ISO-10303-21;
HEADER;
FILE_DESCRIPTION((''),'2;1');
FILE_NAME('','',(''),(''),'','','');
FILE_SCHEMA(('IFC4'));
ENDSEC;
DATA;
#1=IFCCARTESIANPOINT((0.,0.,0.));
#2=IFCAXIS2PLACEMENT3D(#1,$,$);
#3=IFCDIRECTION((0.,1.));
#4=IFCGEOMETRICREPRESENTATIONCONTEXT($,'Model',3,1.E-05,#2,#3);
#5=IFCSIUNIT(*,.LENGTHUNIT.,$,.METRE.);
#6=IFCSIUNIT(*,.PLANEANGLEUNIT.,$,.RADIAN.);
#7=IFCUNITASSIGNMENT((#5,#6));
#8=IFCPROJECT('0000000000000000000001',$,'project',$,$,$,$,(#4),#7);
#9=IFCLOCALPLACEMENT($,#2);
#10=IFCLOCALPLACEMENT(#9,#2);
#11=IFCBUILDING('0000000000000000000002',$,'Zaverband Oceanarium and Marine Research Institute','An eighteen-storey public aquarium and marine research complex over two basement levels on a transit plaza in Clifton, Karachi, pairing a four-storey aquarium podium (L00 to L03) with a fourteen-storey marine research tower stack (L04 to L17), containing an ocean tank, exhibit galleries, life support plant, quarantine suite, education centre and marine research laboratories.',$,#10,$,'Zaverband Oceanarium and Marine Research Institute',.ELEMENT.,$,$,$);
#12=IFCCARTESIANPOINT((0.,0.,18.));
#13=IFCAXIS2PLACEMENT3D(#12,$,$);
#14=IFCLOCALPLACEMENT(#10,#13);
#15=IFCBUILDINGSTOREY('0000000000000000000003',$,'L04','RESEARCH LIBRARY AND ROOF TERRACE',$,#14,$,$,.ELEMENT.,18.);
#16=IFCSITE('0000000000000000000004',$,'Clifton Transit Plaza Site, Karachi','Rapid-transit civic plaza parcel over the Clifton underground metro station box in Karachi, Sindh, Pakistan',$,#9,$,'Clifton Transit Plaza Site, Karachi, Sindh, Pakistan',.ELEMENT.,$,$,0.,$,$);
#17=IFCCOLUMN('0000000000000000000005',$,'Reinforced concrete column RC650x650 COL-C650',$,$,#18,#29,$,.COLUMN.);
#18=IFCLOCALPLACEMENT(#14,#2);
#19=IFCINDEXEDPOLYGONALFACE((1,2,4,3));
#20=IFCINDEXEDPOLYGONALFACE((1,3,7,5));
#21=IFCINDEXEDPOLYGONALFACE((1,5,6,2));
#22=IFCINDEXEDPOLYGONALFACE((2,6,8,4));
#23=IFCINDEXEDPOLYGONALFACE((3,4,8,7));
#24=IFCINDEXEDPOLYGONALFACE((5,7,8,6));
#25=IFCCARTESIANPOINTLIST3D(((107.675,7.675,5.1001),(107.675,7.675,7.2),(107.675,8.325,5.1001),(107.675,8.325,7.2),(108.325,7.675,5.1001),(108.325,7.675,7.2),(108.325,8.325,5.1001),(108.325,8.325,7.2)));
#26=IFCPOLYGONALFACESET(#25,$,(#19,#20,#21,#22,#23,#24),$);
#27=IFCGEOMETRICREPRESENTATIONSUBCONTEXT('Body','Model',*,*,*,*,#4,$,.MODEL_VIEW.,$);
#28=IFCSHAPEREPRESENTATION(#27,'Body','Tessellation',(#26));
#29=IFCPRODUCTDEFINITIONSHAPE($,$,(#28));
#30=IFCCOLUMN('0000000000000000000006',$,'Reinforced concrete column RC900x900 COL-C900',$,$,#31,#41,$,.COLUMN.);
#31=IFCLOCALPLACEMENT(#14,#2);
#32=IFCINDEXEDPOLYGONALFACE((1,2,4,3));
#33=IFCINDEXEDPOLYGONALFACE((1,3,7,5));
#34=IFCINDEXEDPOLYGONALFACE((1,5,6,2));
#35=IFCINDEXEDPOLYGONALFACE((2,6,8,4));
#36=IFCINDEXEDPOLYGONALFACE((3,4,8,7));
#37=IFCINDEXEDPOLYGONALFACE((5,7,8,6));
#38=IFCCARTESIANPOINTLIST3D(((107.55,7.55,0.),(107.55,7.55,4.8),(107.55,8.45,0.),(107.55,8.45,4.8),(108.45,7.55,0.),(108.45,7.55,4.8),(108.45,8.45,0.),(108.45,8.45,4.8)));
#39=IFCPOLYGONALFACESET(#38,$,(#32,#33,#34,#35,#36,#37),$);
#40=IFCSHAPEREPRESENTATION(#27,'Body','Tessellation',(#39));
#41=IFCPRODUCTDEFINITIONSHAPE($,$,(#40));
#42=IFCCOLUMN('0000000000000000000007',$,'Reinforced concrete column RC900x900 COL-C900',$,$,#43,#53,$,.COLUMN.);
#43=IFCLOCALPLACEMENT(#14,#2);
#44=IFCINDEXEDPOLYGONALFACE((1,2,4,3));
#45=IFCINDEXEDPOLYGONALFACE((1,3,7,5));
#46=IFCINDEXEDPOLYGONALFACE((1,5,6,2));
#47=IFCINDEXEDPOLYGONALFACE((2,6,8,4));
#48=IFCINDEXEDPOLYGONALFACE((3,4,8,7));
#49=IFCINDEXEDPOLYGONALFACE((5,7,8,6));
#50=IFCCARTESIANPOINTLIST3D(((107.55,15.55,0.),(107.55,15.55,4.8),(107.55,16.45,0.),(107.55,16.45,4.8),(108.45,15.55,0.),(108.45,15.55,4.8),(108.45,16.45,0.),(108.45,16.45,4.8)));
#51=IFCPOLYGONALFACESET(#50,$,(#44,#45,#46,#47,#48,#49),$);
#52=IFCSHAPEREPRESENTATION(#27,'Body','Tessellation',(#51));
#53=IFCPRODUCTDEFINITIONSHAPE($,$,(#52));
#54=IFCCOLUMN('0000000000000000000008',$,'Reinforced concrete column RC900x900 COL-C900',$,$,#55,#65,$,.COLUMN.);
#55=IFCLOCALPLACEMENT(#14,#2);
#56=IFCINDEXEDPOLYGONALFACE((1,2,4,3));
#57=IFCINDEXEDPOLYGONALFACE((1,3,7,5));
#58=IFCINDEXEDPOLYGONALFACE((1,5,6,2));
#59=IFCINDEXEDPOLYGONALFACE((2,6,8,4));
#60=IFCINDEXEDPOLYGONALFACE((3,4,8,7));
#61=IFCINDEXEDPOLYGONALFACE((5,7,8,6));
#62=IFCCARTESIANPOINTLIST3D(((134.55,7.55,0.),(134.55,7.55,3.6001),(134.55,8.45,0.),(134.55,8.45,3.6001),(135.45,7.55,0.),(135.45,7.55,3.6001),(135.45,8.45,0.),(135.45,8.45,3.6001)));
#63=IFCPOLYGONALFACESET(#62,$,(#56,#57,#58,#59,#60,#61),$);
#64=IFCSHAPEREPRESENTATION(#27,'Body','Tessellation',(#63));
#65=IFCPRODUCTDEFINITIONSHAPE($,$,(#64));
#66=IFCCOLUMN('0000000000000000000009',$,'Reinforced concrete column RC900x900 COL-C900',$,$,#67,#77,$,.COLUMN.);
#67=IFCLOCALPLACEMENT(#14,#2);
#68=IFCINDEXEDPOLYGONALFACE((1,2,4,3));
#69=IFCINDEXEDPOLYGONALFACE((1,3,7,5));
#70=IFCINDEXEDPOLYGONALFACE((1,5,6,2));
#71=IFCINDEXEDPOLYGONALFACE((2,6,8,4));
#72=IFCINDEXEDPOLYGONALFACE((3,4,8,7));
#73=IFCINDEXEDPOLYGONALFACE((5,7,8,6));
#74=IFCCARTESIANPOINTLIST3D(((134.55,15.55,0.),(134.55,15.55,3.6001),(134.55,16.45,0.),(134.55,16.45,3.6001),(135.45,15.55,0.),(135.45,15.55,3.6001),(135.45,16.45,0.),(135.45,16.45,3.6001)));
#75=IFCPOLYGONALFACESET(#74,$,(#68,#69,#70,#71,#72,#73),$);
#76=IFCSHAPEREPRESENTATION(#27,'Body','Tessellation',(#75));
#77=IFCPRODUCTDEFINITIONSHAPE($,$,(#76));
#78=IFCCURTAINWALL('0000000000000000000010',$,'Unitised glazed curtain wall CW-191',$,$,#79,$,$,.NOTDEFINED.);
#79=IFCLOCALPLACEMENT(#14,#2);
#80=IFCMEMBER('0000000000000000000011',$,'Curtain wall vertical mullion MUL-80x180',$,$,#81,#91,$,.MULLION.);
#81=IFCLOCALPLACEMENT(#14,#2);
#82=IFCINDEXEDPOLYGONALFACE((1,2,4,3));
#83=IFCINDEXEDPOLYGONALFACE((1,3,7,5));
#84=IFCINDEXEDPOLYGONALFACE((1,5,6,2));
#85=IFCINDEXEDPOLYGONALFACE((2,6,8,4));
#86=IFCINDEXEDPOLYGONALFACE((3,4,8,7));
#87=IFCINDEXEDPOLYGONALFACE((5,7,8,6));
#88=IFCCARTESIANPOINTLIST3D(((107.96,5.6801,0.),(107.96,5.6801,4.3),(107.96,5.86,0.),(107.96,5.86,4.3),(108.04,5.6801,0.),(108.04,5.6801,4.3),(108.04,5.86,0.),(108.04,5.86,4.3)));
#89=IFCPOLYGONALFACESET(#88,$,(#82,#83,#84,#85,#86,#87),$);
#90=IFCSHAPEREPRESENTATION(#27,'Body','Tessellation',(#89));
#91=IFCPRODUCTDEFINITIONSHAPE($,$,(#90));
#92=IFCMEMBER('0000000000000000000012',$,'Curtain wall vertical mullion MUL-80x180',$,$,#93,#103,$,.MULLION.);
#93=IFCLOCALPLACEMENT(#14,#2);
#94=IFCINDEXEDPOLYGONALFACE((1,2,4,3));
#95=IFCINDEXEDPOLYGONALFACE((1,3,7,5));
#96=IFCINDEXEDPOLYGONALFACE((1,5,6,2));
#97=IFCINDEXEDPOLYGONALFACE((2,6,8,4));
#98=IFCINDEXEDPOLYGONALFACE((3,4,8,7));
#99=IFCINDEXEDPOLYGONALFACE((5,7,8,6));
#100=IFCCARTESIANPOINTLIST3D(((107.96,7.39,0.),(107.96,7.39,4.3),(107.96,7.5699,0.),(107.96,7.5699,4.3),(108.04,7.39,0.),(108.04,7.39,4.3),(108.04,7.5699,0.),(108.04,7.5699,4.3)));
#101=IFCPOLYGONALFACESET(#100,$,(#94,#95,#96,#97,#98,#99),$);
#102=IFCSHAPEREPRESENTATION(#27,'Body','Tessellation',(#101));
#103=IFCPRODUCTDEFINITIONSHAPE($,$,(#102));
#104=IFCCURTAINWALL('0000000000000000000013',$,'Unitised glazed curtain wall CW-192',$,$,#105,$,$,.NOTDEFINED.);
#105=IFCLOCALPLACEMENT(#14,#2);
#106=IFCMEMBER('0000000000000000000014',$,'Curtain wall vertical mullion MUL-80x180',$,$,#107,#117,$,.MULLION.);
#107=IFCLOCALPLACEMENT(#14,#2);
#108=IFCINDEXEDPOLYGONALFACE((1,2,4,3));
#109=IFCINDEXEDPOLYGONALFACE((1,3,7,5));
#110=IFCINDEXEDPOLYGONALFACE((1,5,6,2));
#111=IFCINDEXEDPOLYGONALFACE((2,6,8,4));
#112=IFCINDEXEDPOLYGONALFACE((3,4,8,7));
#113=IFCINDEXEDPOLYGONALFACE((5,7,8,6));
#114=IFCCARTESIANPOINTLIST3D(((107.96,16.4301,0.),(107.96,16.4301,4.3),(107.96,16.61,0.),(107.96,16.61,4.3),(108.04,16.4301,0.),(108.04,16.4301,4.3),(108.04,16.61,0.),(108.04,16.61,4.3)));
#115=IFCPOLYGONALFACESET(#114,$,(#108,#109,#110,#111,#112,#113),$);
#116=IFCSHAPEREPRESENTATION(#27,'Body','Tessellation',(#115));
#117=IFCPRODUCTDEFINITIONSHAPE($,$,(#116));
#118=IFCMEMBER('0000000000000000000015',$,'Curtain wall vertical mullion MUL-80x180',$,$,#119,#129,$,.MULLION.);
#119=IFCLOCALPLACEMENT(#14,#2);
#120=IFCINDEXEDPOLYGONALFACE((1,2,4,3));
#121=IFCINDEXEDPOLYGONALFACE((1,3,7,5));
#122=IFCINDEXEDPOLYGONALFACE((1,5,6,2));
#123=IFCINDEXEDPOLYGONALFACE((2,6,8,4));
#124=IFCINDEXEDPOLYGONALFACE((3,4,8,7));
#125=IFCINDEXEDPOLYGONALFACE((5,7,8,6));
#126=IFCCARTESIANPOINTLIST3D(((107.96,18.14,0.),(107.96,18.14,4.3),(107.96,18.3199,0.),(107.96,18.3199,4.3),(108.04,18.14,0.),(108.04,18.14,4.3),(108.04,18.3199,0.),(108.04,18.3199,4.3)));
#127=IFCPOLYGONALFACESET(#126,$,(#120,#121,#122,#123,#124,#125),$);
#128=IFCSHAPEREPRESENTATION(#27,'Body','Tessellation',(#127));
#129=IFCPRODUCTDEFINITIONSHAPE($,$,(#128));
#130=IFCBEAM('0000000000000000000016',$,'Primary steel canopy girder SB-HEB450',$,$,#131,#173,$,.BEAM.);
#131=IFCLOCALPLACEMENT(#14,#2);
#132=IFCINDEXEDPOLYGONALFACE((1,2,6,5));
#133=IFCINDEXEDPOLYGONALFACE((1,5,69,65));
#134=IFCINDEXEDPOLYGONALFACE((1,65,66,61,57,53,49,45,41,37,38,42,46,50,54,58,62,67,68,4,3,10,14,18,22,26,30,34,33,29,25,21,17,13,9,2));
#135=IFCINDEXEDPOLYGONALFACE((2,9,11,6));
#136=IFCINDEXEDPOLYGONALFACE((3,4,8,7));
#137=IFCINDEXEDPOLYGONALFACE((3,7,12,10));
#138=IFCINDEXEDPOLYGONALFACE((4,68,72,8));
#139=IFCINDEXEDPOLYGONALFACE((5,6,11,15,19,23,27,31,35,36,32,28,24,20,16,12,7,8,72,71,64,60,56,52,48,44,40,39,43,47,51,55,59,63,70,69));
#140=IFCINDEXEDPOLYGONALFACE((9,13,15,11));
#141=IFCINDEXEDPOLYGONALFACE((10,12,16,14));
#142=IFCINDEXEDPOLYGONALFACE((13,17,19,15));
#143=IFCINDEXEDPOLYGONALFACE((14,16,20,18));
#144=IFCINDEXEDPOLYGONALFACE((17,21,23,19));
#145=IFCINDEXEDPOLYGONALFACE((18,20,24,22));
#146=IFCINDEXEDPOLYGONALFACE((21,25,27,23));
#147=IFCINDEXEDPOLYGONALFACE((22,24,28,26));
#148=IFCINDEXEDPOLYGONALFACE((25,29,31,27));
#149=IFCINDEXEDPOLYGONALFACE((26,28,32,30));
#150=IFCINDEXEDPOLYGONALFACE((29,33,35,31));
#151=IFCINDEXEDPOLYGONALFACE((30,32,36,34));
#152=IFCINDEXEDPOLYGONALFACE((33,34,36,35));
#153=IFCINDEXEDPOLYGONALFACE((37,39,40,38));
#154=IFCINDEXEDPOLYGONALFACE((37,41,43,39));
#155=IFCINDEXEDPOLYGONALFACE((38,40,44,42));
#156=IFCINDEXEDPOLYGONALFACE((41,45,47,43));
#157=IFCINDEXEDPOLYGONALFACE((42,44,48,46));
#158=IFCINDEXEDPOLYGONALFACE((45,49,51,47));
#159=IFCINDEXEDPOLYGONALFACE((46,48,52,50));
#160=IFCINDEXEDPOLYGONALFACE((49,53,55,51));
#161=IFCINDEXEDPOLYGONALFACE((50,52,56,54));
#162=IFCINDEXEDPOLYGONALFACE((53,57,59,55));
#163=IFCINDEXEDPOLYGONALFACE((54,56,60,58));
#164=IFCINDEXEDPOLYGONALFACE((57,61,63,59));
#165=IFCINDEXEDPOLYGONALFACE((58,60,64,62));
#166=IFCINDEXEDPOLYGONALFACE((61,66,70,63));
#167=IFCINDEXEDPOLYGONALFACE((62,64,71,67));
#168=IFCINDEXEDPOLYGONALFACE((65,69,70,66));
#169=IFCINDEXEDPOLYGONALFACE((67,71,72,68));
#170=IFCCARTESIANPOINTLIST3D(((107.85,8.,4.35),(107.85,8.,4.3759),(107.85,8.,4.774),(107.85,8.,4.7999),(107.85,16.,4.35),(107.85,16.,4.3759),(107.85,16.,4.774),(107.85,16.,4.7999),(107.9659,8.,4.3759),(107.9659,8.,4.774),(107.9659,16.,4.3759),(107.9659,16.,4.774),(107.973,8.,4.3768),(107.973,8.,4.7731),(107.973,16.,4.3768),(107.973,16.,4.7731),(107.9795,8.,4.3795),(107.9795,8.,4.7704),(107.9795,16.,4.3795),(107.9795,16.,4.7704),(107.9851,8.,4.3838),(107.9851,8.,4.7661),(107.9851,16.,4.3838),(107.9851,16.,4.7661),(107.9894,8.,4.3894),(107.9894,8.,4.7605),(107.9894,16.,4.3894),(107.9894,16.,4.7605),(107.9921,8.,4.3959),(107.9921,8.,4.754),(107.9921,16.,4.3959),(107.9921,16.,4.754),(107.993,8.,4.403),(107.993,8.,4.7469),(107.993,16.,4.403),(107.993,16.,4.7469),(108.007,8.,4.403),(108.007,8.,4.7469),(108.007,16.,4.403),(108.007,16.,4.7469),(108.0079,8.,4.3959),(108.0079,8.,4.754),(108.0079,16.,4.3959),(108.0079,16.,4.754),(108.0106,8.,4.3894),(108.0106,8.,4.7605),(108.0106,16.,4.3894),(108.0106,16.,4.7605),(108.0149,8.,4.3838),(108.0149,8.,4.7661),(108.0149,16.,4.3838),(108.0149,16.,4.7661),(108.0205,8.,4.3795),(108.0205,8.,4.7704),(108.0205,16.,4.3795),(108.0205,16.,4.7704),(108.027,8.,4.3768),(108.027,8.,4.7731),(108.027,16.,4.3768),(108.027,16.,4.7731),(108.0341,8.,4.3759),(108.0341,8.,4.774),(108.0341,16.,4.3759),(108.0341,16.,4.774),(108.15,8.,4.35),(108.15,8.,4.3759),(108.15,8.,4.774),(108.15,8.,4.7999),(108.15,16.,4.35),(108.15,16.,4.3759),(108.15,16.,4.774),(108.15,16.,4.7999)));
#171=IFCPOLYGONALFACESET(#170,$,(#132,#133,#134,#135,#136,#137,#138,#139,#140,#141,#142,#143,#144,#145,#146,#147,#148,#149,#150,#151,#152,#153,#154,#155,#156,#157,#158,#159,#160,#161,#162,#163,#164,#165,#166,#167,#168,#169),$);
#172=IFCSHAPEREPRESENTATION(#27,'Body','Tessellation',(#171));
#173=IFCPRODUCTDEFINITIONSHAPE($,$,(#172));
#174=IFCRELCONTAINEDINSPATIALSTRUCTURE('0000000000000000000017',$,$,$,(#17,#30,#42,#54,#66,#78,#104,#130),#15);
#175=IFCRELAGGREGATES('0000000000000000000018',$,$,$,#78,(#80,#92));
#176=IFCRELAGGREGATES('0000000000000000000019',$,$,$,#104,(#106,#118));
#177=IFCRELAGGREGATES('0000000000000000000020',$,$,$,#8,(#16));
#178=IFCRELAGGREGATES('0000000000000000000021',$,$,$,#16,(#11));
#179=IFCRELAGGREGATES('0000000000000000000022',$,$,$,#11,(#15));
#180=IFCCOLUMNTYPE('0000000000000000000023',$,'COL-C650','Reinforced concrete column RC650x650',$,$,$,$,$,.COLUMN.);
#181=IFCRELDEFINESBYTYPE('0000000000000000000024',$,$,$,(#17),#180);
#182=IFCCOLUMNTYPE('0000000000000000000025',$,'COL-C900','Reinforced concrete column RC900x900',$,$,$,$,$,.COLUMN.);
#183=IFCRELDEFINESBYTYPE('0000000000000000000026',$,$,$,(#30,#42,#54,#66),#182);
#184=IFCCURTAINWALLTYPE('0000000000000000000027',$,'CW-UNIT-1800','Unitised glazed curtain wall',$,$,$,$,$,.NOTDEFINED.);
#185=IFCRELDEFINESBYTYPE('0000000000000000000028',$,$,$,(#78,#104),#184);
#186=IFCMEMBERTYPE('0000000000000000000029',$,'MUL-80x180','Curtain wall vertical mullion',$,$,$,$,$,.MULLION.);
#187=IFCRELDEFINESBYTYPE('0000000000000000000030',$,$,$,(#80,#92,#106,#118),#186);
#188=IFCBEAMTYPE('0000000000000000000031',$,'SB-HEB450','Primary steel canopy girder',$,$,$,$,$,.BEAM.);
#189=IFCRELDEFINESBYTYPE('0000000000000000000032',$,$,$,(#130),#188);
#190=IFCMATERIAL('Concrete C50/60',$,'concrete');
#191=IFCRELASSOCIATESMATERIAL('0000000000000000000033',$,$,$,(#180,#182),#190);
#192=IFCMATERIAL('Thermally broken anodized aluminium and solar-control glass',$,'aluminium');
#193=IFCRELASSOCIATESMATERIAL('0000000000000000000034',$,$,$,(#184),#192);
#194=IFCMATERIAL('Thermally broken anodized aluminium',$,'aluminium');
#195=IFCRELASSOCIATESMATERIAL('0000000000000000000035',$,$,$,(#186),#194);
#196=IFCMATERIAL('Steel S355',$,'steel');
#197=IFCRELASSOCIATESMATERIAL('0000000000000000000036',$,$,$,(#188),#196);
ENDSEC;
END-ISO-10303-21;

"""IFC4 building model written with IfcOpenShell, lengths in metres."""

from ifc_helpers import new_model, si_unit, direction, frame, origin, origin_2d, place, context, subcontext, project, spatial, rectangle, i_section, extrude, material, material_profile, profile_set, type_object, element, aggregate, save


model = new_model("IFC4")

# Units and contexts
model_context = context("Model", 3, precision=1e-05, world=origin(), true_north=direction((0.0, 1.0)))
body_context = subcontext(model_context, "Body", "Model", "MODEL_VIEW")
ifc_project = project(units=[si_unit("LENGTHUNIT", "METRE"), si_unit("PLANEANGLEUNIT", "RADIAN")], contexts=[model_context])

# Site, building, storey
site_placement = place(None, origin())
site = spatial("IfcSite", under=ifc_project, at=site_placement, Name="Clifton Transit Plaza Site, Karachi", Description="Rapid-transit civic plaza parcel over the Clifton underground metro station box in Karachi, Sindh, Pakistan", LongName="Clifton Transit Plaza Site, Karachi, Sindh, Pakistan", CompositionType="ELEMENT", RefElevation=0.0)
building_placement = place(site_placement, origin())
building = spatial("IfcBuilding", under=site, at=building_placement, Name="Zaverband Oceanarium and Marine Research Institute", Description="An eighteen-storey public aquarium and marine research complex over two basement levels on a transit plaza in Clifton, Karachi, pairing a four-storey aquarium podium (L00 to L03) with a fourteen-storey marine research tower stack (L04 to L17), containing an ocean tank, exhibit galleries, life support plant, quarantine suite, education centre and marine research laboratories.", LongName="Zaverband Oceanarium and Marine Research Institute", CompositionType="ELEMENT")
storey_placement = place(building_placement, frame((0.0, 0.0, 18.0)))
storey = spatial("IfcBuildingStorey", under=building, at=storey_placement, Name="L04", Description="RESEARCH LIBRARY AND ROOF TERRACE", CompositionType="ELEMENT", Elevation=18.0)

# Columns
ifc_material_1 = material(Name="Concrete C50/60", Category="concrete")
ifc_material_profile_1 = material_profile(ifc_material_1, rectangle(XDim=0.6499, YDim=0.6499, at=origin_2d()), Name="RC650x650")
ifc_profile_set_1 = profile_set([ifc_material_profile_1], Name="Concrete C50/60")
column_type_1 = type_object("IfcColumnType", Name="COL-C650", Description="Reinforced concrete column RC650x650", PredefinedType="COLUMN", material=ifc_profile_set_1)
column_placement = place(storey_placement, frame((108.0, 8.0, 5.1001), z_axis=(0.0, 0.0, 1.0), x_axis=(1.0, 0.0, 0.0)))
element("IfcColumn", 1, at=column_placement, inside=storey, type_object=column_type_1, Name="Reinforced concrete column RC650x650 COL-C650", PredefinedType="COLUMN", context=body_context, shape_type="SweptSolid", body=[
    extrude(rectangle(XDim=0.6499, YDim=0.6499, at=origin_2d()), origin(), (0.0, 0.0, 1.0), 2.0999),
])
ifc_material_profile_2 = material_profile(ifc_material_1, rectangle(XDim=0.8999, YDim=0.8999, at=origin_2d()), Name="RC900x900")
ifc_profile_set_2 = profile_set([ifc_material_profile_2], Name="Concrete C50/60")
column_type_2 = type_object("IfcColumnType", Name="COL-C900", Description="Reinforced concrete column RC900x900", PredefinedType="COLUMN", material=ifc_profile_set_2)
for number, where, z_axis, x_axis, name in (
    (2, (108.0, 8.0, 0.0), (0.0, 0.0, 1.0), (1.0, 0.0, 0.0), "Reinforced concrete column RC900x900 COL-C900"),
    (3, (108.0, 16.0, 0.0), (0.0, 0.0, 1.0), (1.0, 0.0, 0.0), "Reinforced concrete column RC900x900 COL-C900"),
):
    element("IfcColumn", number, at=place(storey_placement, frame(where, z_axis=z_axis, x_axis=x_axis)), inside=storey, type_object=column_type_2, Name=name, PredefinedType="COLUMN", context=body_context, shape_type="SweptSolid", body=[
        extrude(rectangle(XDim=0.8999, YDim=0.8999, at=origin_2d()), origin(), (0.0, 0.0, 1.0), 4.8),
    ])
for number, where, z_axis, x_axis, name in (
    (4, (135.0, 8.0, 0.0), (0.0, 0.0, 1.0), (1.0, 0.0, 0.0), "Reinforced concrete column RC900x900 COL-C900"),
    (5, (135.0, 16.0, 0.0), (0.0, 0.0, 1.0), (1.0, 0.0, 0.0), "Reinforced concrete column RC900x900 COL-C900"),
):
    element("IfcColumn", number, at=place(storey_placement, frame(where, z_axis=z_axis, x_axis=x_axis)), inside=storey, type_object=column_type_2, Name=name, PredefinedType="COLUMN", context=body_context, shape_type="SweptSolid", body=[
        extrude(rectangle(XDim=0.8999, YDim=0.8999, at=origin_2d()), origin(), (0.0, 0.0, 1.0), 3.6001),
    ])

# Curtain walls, members
ifc_material_2 = material(Name="Thermally broken anodized aluminium and solar-control glass", Category="aluminium")
curtain_wall_type = type_object("IfcCurtainWallType", Name="CW-UNIT-1800", Description="Unitised glazed curtain wall", PredefinedType="NOTDEFINED", material=ifc_material_2)
curtain_wall_1_placement = place(storey_placement, origin())
curtain_wall_1 = element("IfcCurtainWall", 6, at=curtain_wall_1_placement, inside=storey, type_object=curtain_wall_type, Name="Unitised glazed curtain wall CW-191", PredefinedType="NOTDEFINED")
ifc_material_3 = material(Name="Thermally broken anodized aluminium", Category="aluminium")
ifc_material_profile_3 = material_profile(ifc_material_3, rectangle(XDim=0.0801, YDim=0.1799, at=origin_2d()), Name="AL-MUL-80x180")
ifc_profile_set_3 = profile_set([ifc_material_profile_3], Name="Thermally broken anodized aluminium")
member_type_1 = type_object("IfcMemberType", Name="MUL-80x180", Description="Curtain wall vertical mullion", PredefinedType="MULLION", material=ifc_profile_set_3)
member_1_placement = place(storey_placement, frame((108.0, 5.77, 0.0), z_axis=(0.0, 0.0, 1.0), x_axis=(1.0, 0.0, 0.0)))
member_1 = element("IfcMember", 7, at=member_1_placement, type_object=member_type_1, Name="Curtain wall vertical mullion MUL-80x180", PredefinedType="MULLION", context=body_context, shape_type="SweptSolid", body=[
    extrude(rectangle(XDim=0.0801, YDim=0.1799, at=origin_2d()), origin(), (0.0, 0.0, 1.0), 4.3),
])
member_2_placement = place(storey_placement, frame((108.0, 7.48, 0.0), z_axis=(0.0, 0.0, 1.0), x_axis=(1.0, 0.0, 0.0)))
member_2 = element("IfcMember", 8, at=member_2_placement, type_object=member_type_1, Name="Curtain wall vertical mullion MUL-80x180", PredefinedType="MULLION", context=body_context, shape_type="SweptSolid", body=[
    extrude(rectangle(XDim=0.0801, YDim=0.1799, at=origin_2d()), origin(), (0.0, 0.0, 1.0), 4.3),
])
curtain_wall_2_placement = place(storey_placement, origin())
curtain_wall_2 = element("IfcCurtainWall", 9, at=curtain_wall_2_placement, inside=storey, type_object=curtain_wall_type, Name="Unitised glazed curtain wall CW-192", PredefinedType="NOTDEFINED")
member_3_placement = place(storey_placement, frame((108.0, 16.52, 0.0), z_axis=(0.0, 0.0, 1.0), x_axis=(1.0, 0.0, 0.0)))
member_3 = element("IfcMember", 10, at=member_3_placement, type_object=member_type_1, Name="Curtain wall vertical mullion MUL-80x180", PredefinedType="MULLION", context=body_context, shape_type="SweptSolid", body=[
    extrude(rectangle(XDim=0.0801, YDim=0.1799, at=origin_2d()), origin(), (0.0, 0.0, 1.0), 4.3),
])
member_4_placement = place(storey_placement, frame((108.0, 18.23, 0.0), z_axis=(0.0, 0.0, 1.0), x_axis=(1.0, 0.0, 0.0)))
member_4 = element("IfcMember", 11, at=member_4_placement, type_object=member_type_1, Name="Curtain wall vertical mullion MUL-80x180", PredefinedType="MULLION", context=body_context, shape_type="SweptSolid", body=[
    extrude(rectangle(XDim=0.0801, YDim=0.1799, at=origin_2d()), origin(), (0.0, 0.0, 1.0), 4.3),
])

# Beam
ifc_material_4 = material(Name="Steel S355", Category="steel")
ifc_material_profile_4 = material_profile(ifc_material_4, i_section(OverallWidth=0.3, OverallDepth=0.45, WebThickness=0.0139, FlangeThickness=0.0259, FilletRadius=0.0271, at=origin_2d()), Name="HEB450")
ifc_profile_set_4 = profile_set([ifc_material_profile_4], Name="Steel S355")
beam_type = type_object("IfcBeamType", Name="SB-HEB450", Description="Primary steel canopy girder", PredefinedType="BEAM", material=ifc_profile_set_4)
for number, where, z_axis, x_axis, name in (
    (12, (108.0, 8.0, 4.575), (0.0, 1.0, 0.0), (-1.0, 0.0, 0.0), "Primary steel canopy girder SB-HEB450"),
):
    element("IfcBeam", number, at=place(storey_placement, frame(where, z_axis=z_axis, x_axis=x_axis)), inside=storey, type_object=beam_type, Name=name, PredefinedType="BEAM", context=body_context, shape_type="SweptSolid", body=[
        extrude(i_section(OverallWidth=0.3, OverallDepth=0.45, WebThickness=0.0139, FlangeThickness=0.0259, FilletRadius=0.0271, at=origin_2d()), origin(), (0.0, 0.0, 1.0), 8.0),
    ])

aggregate(curtain_wall_1, [member_1, member_2])
aggregate(curtain_wall_2, [member_3, member_4])

save(model, "model.ifc")
